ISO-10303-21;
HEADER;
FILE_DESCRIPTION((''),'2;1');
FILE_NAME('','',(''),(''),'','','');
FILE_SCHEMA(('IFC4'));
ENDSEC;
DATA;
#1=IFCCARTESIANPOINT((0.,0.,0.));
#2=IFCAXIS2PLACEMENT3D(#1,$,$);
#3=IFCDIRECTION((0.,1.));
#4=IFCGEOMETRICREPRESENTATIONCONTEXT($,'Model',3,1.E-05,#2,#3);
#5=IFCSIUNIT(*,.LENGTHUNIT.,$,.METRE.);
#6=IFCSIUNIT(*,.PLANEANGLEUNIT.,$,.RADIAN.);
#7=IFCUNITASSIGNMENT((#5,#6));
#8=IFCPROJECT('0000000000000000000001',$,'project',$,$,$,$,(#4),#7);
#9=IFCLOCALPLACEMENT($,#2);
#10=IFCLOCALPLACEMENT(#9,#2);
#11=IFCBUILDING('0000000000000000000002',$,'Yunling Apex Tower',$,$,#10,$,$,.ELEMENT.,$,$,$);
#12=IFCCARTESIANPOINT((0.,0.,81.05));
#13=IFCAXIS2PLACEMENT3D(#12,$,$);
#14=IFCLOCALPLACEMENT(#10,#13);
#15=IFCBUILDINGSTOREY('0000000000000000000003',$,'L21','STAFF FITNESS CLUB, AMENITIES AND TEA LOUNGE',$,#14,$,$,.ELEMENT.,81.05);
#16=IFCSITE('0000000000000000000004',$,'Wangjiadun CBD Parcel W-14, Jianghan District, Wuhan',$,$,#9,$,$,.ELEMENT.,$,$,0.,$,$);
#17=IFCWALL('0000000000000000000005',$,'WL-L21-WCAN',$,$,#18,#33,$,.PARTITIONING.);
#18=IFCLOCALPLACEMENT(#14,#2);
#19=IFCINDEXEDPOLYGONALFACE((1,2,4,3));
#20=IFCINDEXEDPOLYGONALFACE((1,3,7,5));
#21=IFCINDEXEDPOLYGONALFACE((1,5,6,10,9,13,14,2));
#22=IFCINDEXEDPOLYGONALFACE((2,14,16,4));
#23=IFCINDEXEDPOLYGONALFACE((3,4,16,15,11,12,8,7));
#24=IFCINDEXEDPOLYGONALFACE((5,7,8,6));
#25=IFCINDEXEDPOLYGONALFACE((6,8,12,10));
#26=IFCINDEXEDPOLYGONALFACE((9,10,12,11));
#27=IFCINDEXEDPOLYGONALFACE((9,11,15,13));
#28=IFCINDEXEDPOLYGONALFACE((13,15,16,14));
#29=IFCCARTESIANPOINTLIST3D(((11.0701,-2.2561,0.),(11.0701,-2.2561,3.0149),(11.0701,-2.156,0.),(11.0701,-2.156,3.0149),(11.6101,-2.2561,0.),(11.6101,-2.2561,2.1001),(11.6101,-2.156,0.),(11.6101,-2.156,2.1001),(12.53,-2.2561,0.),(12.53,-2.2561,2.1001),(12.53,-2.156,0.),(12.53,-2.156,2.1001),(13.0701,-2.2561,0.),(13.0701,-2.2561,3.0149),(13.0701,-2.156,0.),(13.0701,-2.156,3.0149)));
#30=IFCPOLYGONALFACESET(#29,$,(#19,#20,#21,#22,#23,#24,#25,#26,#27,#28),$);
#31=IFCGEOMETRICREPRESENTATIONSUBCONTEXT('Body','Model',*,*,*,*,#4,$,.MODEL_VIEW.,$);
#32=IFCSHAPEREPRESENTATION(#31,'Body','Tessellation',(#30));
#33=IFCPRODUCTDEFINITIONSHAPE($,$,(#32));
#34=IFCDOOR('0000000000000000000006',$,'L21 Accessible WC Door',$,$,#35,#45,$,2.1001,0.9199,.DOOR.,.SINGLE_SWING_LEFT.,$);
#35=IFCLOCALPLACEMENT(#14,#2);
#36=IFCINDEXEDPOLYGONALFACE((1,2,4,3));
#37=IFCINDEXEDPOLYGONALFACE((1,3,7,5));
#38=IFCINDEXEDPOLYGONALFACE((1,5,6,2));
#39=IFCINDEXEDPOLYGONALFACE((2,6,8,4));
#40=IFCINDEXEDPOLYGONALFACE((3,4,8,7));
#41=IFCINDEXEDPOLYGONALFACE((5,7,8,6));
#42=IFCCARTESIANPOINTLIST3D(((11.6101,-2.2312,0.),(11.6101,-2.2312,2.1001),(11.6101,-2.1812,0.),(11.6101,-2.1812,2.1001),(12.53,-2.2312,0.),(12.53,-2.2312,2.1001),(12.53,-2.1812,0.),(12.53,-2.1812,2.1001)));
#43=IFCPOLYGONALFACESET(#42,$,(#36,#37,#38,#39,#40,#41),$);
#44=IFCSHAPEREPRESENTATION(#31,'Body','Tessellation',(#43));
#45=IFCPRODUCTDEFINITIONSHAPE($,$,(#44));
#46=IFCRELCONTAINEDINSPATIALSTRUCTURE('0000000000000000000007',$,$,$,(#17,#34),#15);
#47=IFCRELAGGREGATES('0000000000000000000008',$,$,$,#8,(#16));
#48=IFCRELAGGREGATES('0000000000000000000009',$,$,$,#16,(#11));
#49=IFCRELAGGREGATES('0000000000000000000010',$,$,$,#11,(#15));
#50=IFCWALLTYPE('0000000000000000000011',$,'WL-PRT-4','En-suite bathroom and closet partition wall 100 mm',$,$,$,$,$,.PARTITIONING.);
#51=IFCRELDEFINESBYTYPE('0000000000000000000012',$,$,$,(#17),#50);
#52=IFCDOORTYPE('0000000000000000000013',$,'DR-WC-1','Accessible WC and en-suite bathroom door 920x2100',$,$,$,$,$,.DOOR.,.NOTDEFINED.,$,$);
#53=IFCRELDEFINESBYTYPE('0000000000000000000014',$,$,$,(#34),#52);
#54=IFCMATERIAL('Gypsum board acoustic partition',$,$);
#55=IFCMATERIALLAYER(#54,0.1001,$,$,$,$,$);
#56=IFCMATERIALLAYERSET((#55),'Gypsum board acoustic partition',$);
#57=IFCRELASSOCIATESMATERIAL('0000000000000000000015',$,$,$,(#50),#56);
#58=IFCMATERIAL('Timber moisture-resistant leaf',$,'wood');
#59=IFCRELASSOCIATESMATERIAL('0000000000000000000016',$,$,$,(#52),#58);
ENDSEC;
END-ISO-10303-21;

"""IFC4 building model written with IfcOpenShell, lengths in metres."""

from ifc_helpers import new_model, si_unit, direction, frame, frame_2d, origin, place, context, subcontext, project, spatial, rectangle, extrude, material, layer, layer_set, type_object, element, fill, save


model = new_model("IFC4")

# Units and contexts
model_context = context("Model", 3, precision=1e-05, world=origin(), true_north=direction((0.0, 1.0)))
body_context = subcontext(model_context, "Body", "Model", "MODEL_VIEW")
ifc_project = project(units=[si_unit("LENGTHUNIT", "METRE"), si_unit("PLANEANGLEUNIT", "RADIAN")], contexts=[model_context])

# Site, building, storey
site_placement = place(None, origin())
site = spatial("IfcSite", under=ifc_project, at=site_placement, Name="Wangjiadun CBD Parcel W-14, Jianghan District, Wuhan", CompositionType="ELEMENT", RefElevation=0.0)
building_placement = place(site_placement, origin())
building = spatial("IfcBuilding", under=site, at=building_placement, Name="Yunling Apex Tower", CompositionType="ELEMENT")
storey_placement = place(building_placement, frame((0.0, 0.0, 81.05)))
storey = spatial("IfcBuildingStorey", under=building, at=storey_placement, Name="L21", Description="STAFF FITNESS CLUB, AMENITIES AND TEA LOUNGE", CompositionType="ELEMENT", Elevation=81.05)

# Shared definitions
ifc_material_1 = material(Name="Gypsum board acoustic partition")

# Wall, opening, door
ifc_layer_1 = layer(ifc_material_1, 0.1001)
ifc_layer_set_1 = layer_set([ifc_layer_1], Name="Gypsum board acoustic partition")
wall_type_1 = type_object("IfcWallType", Name="WL-PRT-4", Description="En-suite bathroom and closet partition wall 100 mm", PredefinedType="PARTITIONING", material=ifc_layer_set_1)
wall_1_placement = place(storey_placement, frame((11.0701, -2.2061, 0.0), z_axis=(0.0, 0.0, 1.0), x_axis=(1.0, 0.0, 0.0)))
wall_1 = element("IfcWall", 1, at=wall_1_placement, inside=storey, type_object=wall_type_1, Name="WL-L21-WCAN", PredefinedType="PARTITIONING", context=body_context, shape_type="SweptSolid", body=[
    extrude(rectangle(XDim=2.0, YDim=0.1001, at=frame_2d((1.0, 0.0))), origin(), (0.0, 0.0, 1.0), 3.0149),
])
opening_1_placement = place(wall_1_placement, frame((0.54, 0.0, 0.0)))
opening_1 = element("IfcOpeningElement", 2, at=opening_1_placement, cuts=wall_1, PredefinedType="OPENING", context=body_context, shape_type="SweptSolid", body=[
    extrude(rectangle(XDim=0.9199, YDim=2.1001, at=frame_2d((0.46, 1.05))), frame((0.0, 0.0601, 0.0), z_axis=(0.0, -1.0, 0.0), x_axis=(1.0, 0.0, 0.0)), (0.0, 0.0, 1.0), 0.1201),
])
ifc_material_2 = material(Name="Timber moisture-resistant leaf", Category="wood")
door_type_1 = type_object("IfcDoorType", Name="DR-WC-1", Description="Accessible WC and en-suite bathroom door 920x2100", OperationType="NOTDEFINED", PredefinedType="DOOR", material=ifc_material_2)
door_1_placement = place(opening_1_placement, origin())
door_1 = element("IfcDoor", 3, at=door_1_placement, inside=storey, type_object=door_type_1, Name="L21 Accessible WC Door", OperationType="SINGLE_SWING_LEFT", OverallHeight=2.1001, OverallWidth=0.9199, PredefinedType="DOOR", context=body_context, shape_type="SweptSolid", body=[
    extrude(rectangle(XDim=0.9199, YDim=2.1001, at=frame_2d((0.46, 1.05))), frame((0.0, 0.0249, 0.0), z_axis=(0.0, -1.0, 0.0), x_axis=(1.0, 0.0, 0.0)), (0.0, 0.0, 1.0), 0.05),
])
fill(opening_1, door_1)

save(model, "model.ifc")
